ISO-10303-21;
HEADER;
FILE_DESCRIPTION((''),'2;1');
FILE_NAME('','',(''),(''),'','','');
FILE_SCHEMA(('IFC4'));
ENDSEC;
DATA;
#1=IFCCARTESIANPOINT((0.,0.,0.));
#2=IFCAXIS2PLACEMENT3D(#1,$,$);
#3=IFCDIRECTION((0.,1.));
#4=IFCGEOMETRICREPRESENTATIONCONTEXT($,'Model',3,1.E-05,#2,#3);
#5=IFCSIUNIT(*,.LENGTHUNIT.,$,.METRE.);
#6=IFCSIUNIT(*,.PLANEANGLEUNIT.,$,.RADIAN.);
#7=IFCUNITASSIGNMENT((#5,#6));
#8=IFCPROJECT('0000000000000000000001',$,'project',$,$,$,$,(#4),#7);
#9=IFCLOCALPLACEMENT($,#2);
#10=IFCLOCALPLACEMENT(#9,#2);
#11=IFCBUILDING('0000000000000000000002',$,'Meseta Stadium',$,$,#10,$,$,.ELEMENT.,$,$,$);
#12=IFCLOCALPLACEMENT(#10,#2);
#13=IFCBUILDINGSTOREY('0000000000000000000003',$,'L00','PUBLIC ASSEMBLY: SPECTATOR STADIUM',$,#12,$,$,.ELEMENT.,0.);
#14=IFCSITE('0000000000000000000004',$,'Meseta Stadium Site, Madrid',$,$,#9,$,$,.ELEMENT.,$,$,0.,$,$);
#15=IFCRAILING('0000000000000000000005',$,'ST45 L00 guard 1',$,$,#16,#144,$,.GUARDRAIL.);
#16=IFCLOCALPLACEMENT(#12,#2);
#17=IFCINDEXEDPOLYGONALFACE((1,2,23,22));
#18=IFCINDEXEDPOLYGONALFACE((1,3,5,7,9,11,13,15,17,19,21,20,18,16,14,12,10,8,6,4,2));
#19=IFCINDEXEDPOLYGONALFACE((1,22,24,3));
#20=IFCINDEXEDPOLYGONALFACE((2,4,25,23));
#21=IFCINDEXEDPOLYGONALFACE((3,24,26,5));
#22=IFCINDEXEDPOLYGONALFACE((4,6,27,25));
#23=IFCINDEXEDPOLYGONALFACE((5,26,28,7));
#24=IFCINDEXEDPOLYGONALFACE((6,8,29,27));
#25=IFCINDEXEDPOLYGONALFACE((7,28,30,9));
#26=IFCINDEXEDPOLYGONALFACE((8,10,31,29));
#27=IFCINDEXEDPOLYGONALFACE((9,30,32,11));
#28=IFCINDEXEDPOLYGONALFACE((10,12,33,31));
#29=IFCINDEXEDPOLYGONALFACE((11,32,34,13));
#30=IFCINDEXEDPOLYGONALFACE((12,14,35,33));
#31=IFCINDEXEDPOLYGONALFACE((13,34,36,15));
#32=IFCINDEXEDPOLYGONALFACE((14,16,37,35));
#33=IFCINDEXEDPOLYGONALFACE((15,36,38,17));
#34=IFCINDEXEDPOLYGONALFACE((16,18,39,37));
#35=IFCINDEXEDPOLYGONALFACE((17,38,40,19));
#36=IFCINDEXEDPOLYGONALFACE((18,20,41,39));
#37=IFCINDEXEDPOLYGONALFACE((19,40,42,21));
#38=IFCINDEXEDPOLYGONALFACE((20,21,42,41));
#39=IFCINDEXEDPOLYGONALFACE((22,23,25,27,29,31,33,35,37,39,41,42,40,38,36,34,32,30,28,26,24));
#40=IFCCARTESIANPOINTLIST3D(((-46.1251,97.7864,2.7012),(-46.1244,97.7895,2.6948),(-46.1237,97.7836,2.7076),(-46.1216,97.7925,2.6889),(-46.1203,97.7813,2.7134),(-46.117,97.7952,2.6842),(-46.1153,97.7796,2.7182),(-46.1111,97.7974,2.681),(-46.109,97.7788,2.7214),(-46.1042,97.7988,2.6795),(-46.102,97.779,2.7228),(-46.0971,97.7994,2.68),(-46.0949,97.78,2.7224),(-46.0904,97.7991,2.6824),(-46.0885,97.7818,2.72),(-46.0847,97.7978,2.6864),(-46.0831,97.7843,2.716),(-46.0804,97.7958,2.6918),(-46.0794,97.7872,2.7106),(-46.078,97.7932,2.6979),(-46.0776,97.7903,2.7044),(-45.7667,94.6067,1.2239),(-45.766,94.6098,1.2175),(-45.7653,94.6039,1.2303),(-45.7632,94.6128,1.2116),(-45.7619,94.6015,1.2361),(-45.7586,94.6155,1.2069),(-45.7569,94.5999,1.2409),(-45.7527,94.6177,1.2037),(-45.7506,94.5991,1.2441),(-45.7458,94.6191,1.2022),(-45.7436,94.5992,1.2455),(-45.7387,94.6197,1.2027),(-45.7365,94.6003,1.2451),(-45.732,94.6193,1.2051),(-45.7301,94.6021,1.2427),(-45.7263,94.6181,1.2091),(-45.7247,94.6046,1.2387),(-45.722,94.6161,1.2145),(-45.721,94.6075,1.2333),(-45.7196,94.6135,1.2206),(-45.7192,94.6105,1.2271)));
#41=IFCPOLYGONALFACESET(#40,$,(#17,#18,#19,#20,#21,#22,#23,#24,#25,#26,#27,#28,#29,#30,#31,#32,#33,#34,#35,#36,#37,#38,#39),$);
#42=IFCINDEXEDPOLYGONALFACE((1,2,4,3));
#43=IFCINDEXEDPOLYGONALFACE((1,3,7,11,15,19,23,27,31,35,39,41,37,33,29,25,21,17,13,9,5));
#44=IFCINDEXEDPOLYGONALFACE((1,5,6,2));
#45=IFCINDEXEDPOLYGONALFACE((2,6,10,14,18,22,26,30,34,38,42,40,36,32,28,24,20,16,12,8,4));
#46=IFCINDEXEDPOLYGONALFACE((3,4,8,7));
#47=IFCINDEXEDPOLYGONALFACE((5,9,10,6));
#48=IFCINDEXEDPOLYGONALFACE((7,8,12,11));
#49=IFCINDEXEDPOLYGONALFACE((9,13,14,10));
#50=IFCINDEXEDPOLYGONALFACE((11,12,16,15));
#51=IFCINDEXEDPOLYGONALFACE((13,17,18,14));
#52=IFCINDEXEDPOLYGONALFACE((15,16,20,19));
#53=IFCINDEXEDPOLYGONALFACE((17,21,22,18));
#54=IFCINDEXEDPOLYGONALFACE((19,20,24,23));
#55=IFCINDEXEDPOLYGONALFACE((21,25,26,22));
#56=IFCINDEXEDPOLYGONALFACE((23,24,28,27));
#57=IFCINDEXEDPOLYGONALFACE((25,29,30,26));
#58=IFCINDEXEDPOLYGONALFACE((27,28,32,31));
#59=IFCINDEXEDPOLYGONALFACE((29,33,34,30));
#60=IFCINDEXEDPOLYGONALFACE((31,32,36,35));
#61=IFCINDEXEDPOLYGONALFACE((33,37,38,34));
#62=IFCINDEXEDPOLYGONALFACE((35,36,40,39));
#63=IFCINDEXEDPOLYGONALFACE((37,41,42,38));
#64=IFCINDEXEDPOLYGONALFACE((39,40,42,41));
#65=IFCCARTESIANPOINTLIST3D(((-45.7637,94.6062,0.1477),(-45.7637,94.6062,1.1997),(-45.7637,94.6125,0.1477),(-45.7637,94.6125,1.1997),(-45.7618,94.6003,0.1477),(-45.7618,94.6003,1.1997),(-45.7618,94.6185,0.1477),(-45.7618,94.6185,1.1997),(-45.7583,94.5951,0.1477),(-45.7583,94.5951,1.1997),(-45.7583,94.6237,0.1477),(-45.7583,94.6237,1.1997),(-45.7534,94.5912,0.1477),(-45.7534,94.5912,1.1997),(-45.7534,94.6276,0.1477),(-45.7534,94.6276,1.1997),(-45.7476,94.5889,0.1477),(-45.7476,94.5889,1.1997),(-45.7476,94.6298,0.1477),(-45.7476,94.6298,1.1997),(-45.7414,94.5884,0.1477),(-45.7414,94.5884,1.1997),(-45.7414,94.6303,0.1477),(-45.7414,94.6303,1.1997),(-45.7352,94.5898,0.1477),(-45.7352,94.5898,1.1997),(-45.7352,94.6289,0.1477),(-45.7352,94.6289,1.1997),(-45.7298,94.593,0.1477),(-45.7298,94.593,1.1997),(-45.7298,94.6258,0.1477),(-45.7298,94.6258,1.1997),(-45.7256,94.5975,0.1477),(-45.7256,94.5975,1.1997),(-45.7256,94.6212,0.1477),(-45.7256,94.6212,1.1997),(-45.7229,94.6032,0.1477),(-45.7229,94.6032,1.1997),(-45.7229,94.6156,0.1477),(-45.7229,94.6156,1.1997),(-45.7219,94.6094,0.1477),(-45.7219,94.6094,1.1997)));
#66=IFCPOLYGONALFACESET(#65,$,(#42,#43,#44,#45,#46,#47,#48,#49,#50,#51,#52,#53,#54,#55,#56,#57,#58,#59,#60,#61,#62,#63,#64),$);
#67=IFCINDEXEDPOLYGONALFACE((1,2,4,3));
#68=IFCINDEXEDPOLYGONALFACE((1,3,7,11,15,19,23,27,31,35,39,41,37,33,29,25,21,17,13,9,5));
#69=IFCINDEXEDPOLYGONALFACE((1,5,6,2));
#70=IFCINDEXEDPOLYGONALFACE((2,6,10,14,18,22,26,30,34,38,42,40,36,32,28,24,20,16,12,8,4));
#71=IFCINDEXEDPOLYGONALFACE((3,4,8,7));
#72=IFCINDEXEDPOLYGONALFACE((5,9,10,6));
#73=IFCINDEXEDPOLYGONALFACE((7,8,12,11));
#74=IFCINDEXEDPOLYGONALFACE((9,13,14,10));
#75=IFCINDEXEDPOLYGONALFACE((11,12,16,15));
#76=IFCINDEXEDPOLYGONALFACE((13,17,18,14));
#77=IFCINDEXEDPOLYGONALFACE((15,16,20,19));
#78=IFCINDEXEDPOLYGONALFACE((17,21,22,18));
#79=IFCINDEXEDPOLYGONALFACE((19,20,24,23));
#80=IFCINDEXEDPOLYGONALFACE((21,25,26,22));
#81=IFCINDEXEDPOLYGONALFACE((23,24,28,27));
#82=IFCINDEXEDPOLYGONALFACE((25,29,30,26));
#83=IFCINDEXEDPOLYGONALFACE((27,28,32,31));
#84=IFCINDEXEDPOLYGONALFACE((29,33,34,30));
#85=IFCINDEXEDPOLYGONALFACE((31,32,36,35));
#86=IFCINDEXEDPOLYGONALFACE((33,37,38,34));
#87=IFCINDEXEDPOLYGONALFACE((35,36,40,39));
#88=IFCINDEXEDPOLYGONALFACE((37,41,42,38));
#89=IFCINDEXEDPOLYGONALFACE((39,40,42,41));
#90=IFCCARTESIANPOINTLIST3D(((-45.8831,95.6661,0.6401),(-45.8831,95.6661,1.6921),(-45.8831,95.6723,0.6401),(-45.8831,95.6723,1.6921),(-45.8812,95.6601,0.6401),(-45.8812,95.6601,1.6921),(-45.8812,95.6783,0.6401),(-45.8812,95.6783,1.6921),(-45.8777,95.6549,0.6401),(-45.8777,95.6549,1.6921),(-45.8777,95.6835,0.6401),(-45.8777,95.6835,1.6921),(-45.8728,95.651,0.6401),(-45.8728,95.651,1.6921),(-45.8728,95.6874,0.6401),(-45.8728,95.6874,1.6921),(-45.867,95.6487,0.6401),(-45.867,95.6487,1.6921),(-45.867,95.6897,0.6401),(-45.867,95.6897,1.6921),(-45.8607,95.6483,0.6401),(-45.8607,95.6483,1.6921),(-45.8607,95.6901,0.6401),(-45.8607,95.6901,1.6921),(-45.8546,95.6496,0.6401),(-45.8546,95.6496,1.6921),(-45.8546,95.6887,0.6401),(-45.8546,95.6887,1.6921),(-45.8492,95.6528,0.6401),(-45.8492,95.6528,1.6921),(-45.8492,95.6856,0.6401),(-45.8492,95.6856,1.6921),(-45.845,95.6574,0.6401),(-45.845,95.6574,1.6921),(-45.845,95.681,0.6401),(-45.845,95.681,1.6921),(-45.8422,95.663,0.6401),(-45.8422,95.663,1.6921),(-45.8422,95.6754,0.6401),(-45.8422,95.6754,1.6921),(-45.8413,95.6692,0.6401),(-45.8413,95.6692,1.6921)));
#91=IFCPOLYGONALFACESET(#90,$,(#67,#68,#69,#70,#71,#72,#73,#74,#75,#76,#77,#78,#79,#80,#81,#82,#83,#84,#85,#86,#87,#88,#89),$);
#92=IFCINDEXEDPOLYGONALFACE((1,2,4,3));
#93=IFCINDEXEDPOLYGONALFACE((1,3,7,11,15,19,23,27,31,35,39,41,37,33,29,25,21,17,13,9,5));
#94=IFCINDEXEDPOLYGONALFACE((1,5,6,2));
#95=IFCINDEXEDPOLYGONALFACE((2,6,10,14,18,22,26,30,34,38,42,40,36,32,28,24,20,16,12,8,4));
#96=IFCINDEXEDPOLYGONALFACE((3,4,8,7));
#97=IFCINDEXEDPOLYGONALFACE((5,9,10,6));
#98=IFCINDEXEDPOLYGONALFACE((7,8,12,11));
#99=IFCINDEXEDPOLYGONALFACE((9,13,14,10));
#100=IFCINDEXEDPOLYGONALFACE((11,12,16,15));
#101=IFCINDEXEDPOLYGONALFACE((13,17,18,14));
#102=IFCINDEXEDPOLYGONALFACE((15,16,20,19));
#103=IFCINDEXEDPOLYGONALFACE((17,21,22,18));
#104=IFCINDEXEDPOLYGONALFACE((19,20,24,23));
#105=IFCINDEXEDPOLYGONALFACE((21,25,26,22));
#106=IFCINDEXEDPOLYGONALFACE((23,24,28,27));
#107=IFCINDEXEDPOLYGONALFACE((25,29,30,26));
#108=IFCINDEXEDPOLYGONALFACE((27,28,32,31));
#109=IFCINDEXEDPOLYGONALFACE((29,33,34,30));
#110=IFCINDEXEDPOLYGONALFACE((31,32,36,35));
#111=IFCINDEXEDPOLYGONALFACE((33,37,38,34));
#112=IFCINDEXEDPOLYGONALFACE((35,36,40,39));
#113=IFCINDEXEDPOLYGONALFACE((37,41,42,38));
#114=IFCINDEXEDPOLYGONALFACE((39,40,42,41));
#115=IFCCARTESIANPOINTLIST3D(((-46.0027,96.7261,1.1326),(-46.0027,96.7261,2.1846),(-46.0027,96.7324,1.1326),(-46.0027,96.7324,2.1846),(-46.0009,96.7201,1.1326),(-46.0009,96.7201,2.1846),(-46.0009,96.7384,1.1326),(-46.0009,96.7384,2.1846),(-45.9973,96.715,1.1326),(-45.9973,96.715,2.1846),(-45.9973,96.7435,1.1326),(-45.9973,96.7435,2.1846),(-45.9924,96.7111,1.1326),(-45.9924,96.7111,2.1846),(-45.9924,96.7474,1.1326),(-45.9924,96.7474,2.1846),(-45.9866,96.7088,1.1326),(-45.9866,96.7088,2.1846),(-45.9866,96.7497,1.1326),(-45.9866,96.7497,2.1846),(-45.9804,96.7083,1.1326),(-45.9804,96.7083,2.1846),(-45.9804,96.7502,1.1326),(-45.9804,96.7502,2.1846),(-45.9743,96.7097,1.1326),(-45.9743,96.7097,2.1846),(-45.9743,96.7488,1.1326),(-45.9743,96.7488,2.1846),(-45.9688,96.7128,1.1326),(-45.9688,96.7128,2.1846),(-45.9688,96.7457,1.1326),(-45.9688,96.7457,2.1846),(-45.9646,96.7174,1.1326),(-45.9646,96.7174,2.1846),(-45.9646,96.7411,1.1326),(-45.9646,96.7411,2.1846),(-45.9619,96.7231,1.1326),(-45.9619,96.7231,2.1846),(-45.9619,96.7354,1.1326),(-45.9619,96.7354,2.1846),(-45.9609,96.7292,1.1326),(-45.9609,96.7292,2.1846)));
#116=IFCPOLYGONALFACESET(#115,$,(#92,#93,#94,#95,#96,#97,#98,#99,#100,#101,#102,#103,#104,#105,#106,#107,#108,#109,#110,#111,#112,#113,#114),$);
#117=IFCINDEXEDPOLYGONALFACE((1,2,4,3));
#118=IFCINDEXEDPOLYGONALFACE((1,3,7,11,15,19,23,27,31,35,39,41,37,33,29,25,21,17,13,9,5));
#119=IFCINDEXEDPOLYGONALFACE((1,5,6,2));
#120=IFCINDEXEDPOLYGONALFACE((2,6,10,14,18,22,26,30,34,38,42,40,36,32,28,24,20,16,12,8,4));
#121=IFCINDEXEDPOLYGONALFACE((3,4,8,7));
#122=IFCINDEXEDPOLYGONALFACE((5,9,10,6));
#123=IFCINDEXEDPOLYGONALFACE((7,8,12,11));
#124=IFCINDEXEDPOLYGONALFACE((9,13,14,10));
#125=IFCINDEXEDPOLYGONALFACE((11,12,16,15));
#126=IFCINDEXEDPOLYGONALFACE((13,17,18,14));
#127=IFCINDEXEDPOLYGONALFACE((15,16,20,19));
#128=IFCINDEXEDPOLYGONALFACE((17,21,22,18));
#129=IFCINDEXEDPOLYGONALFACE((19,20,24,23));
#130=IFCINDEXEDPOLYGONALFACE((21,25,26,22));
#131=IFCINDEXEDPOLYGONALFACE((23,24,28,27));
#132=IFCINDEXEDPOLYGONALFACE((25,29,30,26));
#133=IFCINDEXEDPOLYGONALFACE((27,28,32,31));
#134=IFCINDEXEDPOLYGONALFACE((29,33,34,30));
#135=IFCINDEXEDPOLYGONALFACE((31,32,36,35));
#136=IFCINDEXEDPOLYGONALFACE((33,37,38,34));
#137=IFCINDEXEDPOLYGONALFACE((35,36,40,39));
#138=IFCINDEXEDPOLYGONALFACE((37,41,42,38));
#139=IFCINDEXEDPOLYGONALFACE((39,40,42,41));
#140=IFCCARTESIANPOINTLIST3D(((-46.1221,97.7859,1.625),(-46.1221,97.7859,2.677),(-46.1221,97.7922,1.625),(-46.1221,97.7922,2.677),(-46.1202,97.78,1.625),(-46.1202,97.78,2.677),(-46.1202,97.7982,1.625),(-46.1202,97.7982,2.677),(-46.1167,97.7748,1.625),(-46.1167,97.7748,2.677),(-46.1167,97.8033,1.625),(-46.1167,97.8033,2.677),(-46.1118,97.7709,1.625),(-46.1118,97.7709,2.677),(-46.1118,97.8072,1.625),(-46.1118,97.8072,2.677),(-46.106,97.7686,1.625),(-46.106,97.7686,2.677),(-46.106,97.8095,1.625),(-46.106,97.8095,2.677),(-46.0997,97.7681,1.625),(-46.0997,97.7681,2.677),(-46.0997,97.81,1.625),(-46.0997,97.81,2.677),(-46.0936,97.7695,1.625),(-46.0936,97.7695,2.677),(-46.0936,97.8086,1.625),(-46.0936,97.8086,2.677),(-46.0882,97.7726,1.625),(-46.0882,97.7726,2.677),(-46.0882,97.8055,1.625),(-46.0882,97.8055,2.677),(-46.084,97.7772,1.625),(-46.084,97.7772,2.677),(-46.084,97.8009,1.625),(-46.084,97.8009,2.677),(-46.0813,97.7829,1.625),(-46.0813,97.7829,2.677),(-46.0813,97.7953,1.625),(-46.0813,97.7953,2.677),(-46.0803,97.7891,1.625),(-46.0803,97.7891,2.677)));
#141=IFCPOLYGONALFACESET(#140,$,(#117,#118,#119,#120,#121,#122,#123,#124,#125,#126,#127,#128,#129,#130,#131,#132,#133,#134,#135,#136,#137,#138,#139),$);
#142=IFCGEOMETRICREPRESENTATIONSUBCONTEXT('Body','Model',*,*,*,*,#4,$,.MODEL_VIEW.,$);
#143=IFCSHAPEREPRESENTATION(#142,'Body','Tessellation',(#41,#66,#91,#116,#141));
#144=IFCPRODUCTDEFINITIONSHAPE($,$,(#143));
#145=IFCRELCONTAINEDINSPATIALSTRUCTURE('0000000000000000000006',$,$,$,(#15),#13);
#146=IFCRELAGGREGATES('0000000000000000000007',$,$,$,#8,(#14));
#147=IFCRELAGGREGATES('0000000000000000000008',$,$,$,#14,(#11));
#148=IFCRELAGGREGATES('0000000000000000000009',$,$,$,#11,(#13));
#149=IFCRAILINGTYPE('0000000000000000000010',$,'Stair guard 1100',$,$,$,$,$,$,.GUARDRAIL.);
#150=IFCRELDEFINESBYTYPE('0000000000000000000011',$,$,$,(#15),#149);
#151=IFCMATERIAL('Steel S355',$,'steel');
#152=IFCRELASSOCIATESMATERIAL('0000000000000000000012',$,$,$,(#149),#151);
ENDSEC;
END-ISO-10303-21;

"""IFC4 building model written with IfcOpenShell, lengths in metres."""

from ifc_helpers import new_model, si_unit, direction, frame, origin, origin_2d, place, context, subcontext, project, spatial, circle, extrude, material, type_object, element, save


model = new_model("IFC4")

# Units and contexts
model_context = context("Model", 3, precision=1e-05, world=origin(), true_north=direction((0.0, 1.0)))
body_context = subcontext(model_context, "Body", "Model", "MODEL_VIEW")
ifc_project = project(units=[si_unit("LENGTHUNIT", "METRE"), si_unit("PLANEANGLEUNIT", "RADIAN")], contexts=[model_context])

# Site, building, storey
site_placement = place(None, origin())
site = spatial("IfcSite", under=ifc_project, at=site_placement, Name="Meseta Stadium Site, Madrid", CompositionType="ELEMENT", RefElevation=0.0)
building_placement = place(site_placement, origin())
building = spatial("IfcBuilding", under=site, at=building_placement, Name="Meseta Stadium", CompositionType="ELEMENT")
storey_placement = place(building_placement, origin())
storey = spatial("IfcBuildingStorey", under=building, at=storey_placement, Name="L00", Description="PUBLIC ASSEMBLY: SPECTATOR STADIUM", CompositionType="ELEMENT", Elevation=0.0)

# Railing
ifc_material_1 = material(Name="Steel S355", Category="steel")
railing_type_1 = type_object("IfcRailingType", Name="Stair guard 1100", PredefinedType="GUARDRAIL", material=ifc_material_1)
railing_1_placement = place(storey_placement, frame((-45.7429, 94.6094, 0.1477)))
element("IfcRailing", 1, at=railing_1_placement, inside=storey, type_object=railing_type_1, Name="ST45 L00 guard 1", PredefinedType="GUARDRAIL", context=body_context, shape_type="SweptSolid", body=[
    extrude(circle(Radius=0.0239, at=origin_2d()), frame((0.0, 0.0, 1.0762), z_axis=(-0.101691, 0.902197, 0.419164), x_axis=(-0.993708, -0.112006, 0.0)), (0.0, 0.0, 1.0), 3.5244),
    extrude(circle(Radius=0.021, at=origin_2d()), origin(), (0.0, 0.0, 1.0), 1.052),
    extrude(circle(Radius=0.021, at=origin_2d()), frame((-0.1194, 1.0598, 0.4924)), (0.0, 0.0, 1.0), 1.052),
    extrude(circle(Radius=0.021, at=origin_2d()), frame((-0.239, 2.1199, 0.9849)), (0.0, 0.0, 1.0), 1.052),
    extrude(circle(Radius=0.021, at=origin_2d()), frame((-0.3584, 3.1797, 1.4773)), (0.0, 0.0, 1.0), 1.052),
])

save(model, "model.ifc")
